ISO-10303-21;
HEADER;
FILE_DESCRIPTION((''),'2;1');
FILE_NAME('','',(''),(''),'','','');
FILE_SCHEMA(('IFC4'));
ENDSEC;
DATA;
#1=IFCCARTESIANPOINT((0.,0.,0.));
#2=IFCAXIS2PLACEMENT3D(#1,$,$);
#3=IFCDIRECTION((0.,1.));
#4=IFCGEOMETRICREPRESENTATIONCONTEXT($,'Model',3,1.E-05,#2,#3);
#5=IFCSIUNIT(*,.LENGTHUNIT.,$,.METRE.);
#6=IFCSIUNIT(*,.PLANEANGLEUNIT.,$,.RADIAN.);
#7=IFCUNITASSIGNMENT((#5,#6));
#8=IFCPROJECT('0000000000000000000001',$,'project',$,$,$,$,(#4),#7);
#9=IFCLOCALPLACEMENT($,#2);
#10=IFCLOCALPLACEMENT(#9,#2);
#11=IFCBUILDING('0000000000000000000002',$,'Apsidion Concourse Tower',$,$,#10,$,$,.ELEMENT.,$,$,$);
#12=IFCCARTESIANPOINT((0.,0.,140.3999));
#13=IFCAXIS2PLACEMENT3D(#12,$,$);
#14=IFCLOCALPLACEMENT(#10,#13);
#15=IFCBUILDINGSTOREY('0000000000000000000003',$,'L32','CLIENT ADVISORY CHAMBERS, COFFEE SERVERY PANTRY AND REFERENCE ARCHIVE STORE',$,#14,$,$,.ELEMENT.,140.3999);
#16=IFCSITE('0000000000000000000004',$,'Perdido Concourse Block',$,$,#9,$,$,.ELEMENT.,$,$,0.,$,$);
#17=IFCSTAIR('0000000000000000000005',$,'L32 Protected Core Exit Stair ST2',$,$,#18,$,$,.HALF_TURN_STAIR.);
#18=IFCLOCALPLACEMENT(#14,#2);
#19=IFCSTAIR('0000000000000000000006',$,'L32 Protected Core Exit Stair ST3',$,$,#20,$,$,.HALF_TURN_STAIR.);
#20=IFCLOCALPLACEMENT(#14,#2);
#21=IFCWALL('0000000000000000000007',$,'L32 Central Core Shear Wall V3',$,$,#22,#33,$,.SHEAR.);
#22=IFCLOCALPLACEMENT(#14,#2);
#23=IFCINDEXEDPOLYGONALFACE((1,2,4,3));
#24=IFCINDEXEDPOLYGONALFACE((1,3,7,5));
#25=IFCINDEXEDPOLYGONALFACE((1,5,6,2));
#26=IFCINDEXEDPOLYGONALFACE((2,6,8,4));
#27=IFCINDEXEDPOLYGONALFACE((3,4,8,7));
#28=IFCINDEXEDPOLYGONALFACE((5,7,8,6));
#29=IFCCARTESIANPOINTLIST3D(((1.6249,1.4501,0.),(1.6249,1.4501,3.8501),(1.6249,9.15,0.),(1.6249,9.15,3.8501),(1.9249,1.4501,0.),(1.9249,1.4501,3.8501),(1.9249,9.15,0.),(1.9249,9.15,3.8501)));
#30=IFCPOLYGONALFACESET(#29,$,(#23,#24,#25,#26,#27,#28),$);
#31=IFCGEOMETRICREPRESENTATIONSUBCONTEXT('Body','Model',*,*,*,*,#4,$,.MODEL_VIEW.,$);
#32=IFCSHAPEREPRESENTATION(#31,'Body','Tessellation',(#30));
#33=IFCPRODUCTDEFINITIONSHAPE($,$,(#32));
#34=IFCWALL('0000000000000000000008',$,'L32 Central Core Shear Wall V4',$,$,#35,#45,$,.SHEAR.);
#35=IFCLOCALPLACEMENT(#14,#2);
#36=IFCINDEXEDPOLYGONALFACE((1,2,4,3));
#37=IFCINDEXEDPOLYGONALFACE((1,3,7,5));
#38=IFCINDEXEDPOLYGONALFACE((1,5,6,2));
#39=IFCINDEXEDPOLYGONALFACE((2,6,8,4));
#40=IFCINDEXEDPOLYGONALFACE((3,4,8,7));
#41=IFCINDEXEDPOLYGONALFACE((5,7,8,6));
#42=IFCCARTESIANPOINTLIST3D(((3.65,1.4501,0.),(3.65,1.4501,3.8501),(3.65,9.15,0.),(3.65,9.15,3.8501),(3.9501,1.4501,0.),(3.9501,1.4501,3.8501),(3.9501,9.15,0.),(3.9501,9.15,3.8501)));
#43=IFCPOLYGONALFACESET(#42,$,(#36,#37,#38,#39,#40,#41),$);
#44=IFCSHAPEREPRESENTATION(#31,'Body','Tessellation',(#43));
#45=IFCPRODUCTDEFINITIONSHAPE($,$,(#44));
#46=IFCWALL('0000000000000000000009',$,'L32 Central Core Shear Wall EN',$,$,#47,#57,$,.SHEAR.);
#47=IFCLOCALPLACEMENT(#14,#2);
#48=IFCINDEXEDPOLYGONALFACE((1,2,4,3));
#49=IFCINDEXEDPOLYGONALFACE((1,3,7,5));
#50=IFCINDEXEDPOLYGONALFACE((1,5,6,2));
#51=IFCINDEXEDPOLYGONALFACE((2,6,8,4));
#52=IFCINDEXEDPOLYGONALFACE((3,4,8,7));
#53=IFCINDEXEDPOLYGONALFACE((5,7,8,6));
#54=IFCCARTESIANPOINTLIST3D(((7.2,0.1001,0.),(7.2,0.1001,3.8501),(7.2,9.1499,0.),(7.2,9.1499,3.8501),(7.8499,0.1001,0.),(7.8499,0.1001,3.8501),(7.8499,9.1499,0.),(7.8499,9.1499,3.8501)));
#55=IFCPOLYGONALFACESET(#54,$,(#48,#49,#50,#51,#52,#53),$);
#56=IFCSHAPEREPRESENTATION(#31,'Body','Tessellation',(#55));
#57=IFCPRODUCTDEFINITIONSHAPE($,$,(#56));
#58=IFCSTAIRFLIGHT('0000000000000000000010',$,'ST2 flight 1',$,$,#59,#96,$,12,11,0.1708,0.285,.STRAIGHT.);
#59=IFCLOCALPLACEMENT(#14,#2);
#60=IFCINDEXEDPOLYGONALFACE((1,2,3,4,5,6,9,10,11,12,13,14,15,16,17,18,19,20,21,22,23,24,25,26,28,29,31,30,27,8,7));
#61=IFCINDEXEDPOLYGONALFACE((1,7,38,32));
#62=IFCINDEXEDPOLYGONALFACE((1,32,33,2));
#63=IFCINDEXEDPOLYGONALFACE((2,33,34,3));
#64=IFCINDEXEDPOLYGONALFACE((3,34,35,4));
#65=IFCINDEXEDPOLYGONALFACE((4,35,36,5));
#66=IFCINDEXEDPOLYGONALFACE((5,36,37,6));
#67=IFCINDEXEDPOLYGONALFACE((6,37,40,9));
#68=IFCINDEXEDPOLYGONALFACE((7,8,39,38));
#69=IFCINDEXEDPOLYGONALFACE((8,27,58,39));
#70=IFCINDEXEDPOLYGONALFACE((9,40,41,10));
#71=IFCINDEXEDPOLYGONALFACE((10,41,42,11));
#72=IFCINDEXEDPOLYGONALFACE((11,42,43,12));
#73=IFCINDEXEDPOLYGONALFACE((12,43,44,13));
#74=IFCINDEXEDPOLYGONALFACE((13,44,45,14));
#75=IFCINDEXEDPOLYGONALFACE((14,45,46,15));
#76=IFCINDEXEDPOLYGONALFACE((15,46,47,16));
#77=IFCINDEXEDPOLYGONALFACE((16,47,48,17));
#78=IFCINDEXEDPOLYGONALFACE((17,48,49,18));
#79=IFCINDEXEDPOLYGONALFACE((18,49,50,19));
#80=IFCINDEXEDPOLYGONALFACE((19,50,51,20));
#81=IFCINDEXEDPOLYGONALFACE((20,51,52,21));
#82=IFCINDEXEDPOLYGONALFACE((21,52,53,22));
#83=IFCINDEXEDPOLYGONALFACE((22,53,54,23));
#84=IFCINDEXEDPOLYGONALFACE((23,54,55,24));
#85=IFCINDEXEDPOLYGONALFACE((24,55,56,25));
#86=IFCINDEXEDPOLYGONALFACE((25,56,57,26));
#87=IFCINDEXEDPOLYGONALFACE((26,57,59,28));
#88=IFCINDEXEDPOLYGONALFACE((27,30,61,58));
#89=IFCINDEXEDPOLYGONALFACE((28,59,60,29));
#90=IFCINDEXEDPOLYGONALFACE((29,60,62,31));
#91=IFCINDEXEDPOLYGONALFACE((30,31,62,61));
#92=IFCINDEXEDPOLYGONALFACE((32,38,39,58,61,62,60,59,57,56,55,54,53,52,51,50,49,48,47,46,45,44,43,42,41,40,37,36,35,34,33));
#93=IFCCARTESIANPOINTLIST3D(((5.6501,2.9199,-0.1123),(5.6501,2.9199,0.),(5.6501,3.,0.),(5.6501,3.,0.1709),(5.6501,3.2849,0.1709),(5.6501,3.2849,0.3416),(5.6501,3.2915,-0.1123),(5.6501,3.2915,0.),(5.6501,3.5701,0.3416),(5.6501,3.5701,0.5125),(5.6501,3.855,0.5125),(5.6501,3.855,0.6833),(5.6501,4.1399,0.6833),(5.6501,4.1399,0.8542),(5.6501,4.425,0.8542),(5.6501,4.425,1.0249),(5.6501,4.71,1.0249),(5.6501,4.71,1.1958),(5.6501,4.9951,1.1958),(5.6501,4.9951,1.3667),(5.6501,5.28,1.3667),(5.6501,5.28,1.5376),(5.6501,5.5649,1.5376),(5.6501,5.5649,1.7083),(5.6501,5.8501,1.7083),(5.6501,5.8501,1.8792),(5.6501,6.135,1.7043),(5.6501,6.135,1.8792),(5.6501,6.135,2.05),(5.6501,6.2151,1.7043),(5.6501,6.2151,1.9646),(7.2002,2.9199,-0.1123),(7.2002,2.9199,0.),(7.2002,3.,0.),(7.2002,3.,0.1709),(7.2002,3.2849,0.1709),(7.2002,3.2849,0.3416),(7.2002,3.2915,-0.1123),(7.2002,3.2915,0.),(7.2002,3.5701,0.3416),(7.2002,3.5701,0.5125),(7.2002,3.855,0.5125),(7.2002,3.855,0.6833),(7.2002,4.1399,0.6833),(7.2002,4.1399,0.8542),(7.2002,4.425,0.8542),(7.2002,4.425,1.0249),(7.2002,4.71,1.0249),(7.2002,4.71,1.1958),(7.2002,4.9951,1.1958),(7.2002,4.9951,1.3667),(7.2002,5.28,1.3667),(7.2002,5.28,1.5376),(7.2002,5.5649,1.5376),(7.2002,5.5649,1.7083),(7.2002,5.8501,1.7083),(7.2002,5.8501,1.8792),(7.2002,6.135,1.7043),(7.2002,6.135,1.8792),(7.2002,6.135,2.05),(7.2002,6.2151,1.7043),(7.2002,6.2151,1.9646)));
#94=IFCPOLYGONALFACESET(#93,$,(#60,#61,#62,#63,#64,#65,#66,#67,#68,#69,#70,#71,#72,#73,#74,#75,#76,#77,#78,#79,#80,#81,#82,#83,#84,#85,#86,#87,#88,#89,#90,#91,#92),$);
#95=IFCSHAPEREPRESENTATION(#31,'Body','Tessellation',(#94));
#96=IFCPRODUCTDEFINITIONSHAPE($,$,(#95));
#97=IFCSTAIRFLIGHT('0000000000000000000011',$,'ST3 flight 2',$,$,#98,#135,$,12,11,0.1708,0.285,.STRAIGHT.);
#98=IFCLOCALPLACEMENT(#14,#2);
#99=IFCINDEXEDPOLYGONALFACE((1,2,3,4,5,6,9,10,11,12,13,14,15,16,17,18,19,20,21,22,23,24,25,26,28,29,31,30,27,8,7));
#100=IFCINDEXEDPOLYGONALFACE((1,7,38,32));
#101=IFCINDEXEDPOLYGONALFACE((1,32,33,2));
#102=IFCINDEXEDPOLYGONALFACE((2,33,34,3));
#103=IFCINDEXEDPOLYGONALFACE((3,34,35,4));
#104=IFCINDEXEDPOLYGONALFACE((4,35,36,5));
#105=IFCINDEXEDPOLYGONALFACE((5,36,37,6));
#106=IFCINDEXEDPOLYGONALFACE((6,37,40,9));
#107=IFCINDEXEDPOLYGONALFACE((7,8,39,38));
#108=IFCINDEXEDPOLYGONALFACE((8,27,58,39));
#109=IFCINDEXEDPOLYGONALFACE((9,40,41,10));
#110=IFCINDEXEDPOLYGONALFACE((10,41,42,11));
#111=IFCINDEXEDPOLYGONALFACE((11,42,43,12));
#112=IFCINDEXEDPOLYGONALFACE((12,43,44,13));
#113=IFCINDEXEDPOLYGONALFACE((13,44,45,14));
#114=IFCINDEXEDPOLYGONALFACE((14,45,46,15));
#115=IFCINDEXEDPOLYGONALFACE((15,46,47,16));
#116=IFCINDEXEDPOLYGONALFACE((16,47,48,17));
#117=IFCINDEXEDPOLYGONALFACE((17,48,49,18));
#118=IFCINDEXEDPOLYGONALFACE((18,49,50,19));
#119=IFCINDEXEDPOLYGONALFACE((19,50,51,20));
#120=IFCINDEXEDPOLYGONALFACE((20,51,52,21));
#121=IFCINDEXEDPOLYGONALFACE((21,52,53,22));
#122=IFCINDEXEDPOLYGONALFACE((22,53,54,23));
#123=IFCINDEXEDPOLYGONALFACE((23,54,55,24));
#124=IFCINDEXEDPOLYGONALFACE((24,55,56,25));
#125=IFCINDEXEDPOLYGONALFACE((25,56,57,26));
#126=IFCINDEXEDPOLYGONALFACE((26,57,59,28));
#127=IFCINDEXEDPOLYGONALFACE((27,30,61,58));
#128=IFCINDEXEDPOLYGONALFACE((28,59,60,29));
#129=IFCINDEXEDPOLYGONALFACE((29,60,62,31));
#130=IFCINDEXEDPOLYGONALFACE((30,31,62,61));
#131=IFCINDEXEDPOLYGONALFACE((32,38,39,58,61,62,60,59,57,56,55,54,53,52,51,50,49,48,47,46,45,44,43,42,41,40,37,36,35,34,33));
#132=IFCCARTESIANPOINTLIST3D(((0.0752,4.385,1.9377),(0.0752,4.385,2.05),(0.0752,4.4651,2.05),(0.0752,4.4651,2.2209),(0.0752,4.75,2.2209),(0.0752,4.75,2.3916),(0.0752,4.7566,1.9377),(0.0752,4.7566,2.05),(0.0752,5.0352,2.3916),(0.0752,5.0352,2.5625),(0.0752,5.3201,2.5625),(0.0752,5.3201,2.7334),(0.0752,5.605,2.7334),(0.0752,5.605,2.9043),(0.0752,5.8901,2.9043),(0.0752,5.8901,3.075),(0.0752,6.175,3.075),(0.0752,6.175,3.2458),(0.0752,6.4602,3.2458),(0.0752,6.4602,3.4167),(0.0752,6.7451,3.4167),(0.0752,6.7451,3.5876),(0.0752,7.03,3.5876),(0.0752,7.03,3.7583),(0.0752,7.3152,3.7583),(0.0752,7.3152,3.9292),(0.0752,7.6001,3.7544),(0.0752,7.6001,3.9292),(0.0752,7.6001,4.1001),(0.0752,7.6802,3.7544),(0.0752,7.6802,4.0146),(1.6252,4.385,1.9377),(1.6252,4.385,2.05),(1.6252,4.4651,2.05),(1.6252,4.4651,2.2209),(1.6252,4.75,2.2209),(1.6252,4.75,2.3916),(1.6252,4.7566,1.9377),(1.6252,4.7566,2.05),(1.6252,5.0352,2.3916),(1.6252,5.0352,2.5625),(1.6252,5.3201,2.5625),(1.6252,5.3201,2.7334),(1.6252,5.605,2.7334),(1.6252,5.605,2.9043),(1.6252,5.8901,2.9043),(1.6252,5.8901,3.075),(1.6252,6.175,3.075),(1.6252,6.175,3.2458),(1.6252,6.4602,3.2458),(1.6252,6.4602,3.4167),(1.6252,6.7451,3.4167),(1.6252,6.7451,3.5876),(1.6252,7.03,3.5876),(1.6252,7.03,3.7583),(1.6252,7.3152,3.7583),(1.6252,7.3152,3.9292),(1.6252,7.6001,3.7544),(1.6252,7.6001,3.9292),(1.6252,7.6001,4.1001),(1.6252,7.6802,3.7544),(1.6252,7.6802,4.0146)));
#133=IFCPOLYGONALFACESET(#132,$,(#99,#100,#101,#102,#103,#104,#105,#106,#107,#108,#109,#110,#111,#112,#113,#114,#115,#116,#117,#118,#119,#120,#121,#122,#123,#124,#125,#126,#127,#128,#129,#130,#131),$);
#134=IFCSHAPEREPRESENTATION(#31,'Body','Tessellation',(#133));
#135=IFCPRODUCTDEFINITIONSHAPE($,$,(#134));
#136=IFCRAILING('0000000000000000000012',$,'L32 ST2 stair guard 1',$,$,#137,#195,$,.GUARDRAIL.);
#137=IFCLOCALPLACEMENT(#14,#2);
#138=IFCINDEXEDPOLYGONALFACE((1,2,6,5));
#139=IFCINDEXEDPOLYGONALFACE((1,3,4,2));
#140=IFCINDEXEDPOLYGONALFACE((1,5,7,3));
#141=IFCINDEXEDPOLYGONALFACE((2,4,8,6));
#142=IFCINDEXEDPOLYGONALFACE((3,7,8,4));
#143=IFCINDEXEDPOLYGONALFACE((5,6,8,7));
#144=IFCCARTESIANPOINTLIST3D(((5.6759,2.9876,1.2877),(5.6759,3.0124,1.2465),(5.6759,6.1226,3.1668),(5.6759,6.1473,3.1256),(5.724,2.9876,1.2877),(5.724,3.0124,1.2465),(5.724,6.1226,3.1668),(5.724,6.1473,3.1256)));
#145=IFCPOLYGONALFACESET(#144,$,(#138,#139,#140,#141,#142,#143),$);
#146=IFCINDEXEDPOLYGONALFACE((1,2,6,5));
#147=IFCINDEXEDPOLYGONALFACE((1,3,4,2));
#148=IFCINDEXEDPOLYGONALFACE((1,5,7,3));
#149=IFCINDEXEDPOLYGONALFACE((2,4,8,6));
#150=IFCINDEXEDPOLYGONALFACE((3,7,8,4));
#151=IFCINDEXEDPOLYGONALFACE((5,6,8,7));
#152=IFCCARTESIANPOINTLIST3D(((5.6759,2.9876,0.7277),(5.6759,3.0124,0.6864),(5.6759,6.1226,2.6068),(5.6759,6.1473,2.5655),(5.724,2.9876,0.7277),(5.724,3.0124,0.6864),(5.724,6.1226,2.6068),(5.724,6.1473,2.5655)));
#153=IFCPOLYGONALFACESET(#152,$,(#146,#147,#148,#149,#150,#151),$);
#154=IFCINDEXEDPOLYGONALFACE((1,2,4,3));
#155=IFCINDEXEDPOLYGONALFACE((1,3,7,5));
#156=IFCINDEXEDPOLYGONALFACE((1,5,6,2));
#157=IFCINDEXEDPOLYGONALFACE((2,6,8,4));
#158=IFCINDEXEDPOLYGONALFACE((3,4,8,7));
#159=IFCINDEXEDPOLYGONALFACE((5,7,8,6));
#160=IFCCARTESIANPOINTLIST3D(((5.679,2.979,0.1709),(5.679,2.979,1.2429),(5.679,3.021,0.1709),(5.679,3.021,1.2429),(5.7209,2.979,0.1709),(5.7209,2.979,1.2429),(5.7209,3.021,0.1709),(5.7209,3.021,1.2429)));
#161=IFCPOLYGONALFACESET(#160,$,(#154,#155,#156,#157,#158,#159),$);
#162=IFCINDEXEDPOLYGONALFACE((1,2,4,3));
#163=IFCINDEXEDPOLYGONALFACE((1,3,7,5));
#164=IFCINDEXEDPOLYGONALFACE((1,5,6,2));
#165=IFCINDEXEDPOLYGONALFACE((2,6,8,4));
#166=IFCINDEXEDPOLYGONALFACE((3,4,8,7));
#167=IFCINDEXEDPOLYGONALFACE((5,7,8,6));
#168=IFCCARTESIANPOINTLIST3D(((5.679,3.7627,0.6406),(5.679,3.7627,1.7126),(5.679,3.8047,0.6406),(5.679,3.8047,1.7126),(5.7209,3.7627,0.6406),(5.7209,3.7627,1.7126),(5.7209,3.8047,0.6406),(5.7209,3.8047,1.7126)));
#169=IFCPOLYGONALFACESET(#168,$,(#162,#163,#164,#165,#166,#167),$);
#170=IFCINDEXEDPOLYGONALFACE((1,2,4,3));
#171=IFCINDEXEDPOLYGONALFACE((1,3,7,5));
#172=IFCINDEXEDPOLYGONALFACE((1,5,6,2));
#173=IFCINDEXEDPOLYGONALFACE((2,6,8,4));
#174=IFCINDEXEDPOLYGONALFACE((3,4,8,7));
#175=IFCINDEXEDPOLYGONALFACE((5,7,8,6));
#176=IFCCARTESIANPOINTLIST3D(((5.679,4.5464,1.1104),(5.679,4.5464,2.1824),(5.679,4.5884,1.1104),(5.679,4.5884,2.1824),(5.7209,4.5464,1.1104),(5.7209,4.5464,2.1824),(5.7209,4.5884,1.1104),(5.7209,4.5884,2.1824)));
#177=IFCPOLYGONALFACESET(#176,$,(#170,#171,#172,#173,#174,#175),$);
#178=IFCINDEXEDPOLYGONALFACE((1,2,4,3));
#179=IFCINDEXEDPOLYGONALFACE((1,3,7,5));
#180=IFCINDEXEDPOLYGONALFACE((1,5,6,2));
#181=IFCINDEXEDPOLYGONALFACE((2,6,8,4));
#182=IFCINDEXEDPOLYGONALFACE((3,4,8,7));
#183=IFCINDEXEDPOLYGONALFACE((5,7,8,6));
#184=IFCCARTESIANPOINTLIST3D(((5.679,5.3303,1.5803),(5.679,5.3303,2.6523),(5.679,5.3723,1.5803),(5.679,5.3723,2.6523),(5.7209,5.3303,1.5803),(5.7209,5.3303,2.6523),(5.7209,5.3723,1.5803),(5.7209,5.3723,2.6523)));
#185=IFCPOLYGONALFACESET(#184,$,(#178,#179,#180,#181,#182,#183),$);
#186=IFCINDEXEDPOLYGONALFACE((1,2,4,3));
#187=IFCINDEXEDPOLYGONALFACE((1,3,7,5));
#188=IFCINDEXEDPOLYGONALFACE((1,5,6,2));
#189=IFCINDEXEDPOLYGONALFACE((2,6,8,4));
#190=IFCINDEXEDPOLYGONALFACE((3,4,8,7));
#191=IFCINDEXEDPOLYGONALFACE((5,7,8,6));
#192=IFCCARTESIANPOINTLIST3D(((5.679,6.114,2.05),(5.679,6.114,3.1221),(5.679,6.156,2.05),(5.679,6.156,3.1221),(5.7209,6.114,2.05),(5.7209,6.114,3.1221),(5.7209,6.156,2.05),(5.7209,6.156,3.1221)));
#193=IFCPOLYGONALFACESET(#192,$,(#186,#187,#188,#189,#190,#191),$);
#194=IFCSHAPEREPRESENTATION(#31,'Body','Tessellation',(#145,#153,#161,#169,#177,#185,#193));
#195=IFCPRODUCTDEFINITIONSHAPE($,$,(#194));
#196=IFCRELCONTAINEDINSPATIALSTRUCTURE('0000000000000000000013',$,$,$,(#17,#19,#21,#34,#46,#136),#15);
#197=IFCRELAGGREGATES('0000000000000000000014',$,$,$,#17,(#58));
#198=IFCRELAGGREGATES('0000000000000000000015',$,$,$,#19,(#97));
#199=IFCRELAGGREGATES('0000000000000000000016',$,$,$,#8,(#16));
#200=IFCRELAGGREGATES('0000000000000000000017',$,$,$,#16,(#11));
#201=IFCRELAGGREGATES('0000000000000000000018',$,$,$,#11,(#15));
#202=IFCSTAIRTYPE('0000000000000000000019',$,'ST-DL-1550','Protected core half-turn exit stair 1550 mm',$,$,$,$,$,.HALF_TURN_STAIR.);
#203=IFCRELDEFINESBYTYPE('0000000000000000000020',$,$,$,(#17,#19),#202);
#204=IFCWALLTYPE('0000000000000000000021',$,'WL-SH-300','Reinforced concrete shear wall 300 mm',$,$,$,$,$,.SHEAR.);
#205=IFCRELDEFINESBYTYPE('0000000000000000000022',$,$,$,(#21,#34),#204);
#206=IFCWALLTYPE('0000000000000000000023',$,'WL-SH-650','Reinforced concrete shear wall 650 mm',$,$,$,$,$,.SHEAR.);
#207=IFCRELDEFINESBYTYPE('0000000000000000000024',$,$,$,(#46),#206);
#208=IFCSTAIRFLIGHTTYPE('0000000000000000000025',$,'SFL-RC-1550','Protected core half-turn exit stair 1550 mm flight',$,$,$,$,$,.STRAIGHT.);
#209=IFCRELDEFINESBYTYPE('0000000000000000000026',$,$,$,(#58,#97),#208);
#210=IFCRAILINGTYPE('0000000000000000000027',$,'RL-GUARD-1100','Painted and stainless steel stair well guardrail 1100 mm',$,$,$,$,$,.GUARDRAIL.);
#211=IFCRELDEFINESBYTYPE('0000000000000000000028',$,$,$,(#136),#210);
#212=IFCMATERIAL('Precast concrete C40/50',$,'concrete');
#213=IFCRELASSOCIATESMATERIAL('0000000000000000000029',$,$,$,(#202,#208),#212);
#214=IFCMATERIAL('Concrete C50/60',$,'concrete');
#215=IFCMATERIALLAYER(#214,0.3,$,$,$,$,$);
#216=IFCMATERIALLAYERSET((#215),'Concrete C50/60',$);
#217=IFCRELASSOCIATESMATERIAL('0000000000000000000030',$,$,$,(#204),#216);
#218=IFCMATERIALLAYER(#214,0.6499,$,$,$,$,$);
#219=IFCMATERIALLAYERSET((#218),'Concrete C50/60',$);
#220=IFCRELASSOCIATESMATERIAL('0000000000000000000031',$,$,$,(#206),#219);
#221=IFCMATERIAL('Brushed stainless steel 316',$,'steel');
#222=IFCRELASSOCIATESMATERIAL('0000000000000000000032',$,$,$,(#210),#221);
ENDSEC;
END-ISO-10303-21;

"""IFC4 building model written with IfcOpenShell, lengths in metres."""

from ifc_helpers import new_model, si_unit, direction, frame, frame_2d, origin, origin_2d, place, context, subcontext, project, spatial, polyline, rectangle, outline, extrude, material, layer, layer_set, type_object, element, aggregate, save


model = new_model("IFC4")

# Units and contexts
model_context = context("Model", 3, precision=1e-05, world=origin(), true_north=direction((0.0, 1.0)))
body_context = subcontext(model_context, "Body", "Model", "MODEL_VIEW")
ifc_project = project(units=[si_unit("LENGTHUNIT", "METRE"), si_unit("PLANEANGLEUNIT", "RADIAN")], contexts=[model_context])

# Site, building, storey
site_placement = place(None, origin())
site = spatial("IfcSite", under=ifc_project, at=site_placement, Name="Perdido Concourse Block", CompositionType="ELEMENT", RefElevation=0.0)
building_placement = place(site_placement, origin())
building = spatial("IfcBuilding", under=site, at=building_placement, Name="Apsidion Concourse Tower", CompositionType="ELEMENT")
storey_placement = place(building_placement, frame((0.0, 0.0, 140.3999)))
storey = spatial("IfcBuildingStorey", under=building, at=storey_placement, Name="L32", Description="CLIENT ADVISORY CHAMBERS, COFFEE SERVERY PANTRY AND REFERENCE ARCHIVE STORE", CompositionType="ELEMENT", Elevation=140.3999)

# Shared definitions
ifc_material_1 = material(Name="Concrete C50/60", Category="concrete")

# Stairs
ifc_material_2 = material(Name="Precast concrete C40/50", Category="concrete")
stair_type = type_object("IfcStairType", Name="ST-DL-1550", Description="Protected core half-turn exit stair 1550 mm", PredefinedType="HALF_TURN_STAIR", material=ifc_material_2)
stair_1_placement = place(storey_placement, origin())
stair_1 = element("IfcStair", 1, at=stair_1_placement, inside=storey, type_object=stair_type, Name="L32 Protected Core Exit Stair ST2", PredefinedType="HALF_TURN_STAIR")
stair_2_placement = place(storey_placement, origin())
stair_2 = element("IfcStair", 2, at=stair_2_placement, inside=storey, type_object=stair_type, Name="L32 Protected Core Exit Stair ST3", PredefinedType="HALF_TURN_STAIR")

# Shared definitions
ifc_material_3 = material(Name="Brushed stainless steel 316", Category="steel")

# Walls
ifc_layer_1 = layer(ifc_material_1, 0.3)
ifc_layer_set_1 = layer_set([ifc_layer_1], Name="Concrete C50/60")
wall_type_1 = type_object("IfcWallType", Name="WL-SH-300", Description="Reinforced concrete shear wall 300 mm", PredefinedType="SHEAR", material=ifc_layer_set_1)
for number, where, z_axis, x_axis, name in (
    (3, (1.7749, 1.45, 0.0), (0.0, 0.0, 1.0), (0.0, 1.0, 0.0), "L32 Central Core Shear Wall V3"),
    (4, (3.8, 1.45, 0.0), (0.0, 0.0, 1.0), (0.0, 1.0, 0.0), "L32 Central Core Shear Wall V4"),
):
    element("IfcWall", number, at=place(storey_placement, frame(where, z_axis=z_axis, x_axis=x_axis)), inside=storey, type_object=wall_type_1, Name=name, PredefinedType="SHEAR", context=body_context, shape_type="SweptSolid", body=[
        extrude(rectangle(XDim=7.7, YDim=0.3, at=frame_2d((3.8501, 0.0))), origin(), (0.0, 0.0, 1.0), 3.8501),
    ])
ifc_layer_2 = layer(ifc_material_1, 0.6499)
ifc_layer_set_2 = layer_set([ifc_layer_2], Name="Concrete C50/60")
wall_type_2 = type_object("IfcWallType", Name="WL-SH-650", Description="Reinforced concrete shear wall 650 mm", PredefinedType="SHEAR", material=ifc_layer_set_2)
wall_1_placement = place(storey_placement, frame((7.5249, 0.1001, 0.0), z_axis=(0.0, 0.0, 1.0), x_axis=(0.0, 1.0, 0.0)))
element("IfcWall", 5, at=wall_1_placement, inside=storey, type_object=wall_type_2, Name="L32 Central Core Shear Wall EN", PredefinedType="SHEAR", context=body_context, shape_type="SweptSolid", body=[
    extrude(rectangle(XDim=9.0498, YDim=0.6499, at=frame_2d((4.5249, 0.0))), origin(), (0.0, 0.0, 1.0), 3.8501),
])

# Stair flights
stair_flight_type = type_object("IfcStairFlightType", Name="SFL-RC-1550", Description="Protected core half-turn exit stair 1550 mm flight", PredefinedType="STRAIGHT", material=ifc_material_2)
stair_flight_1_placement = place(storey_placement, frame((6.425, 3.0, 0.0), z_axis=(0.0, 0.0, 1.0), x_axis=(0.0, 1.0, 0.0)))
stair_flight_1 = element("IfcStairFlight", 6, at=stair_flight_1_placement, type_object=stair_flight_type, Name="ST2 flight 1", NumberOfRisers=12, NumberOfTreads=11, PredefinedType="STRAIGHT", RiserHeight=0.1708, TreadLength=0.285, context=body_context, shape_type="SweptSolid", body=[
    extrude(outline(polyline([(-0.0801, -0.1123), (-0.0801, 0.0), (0.0, 0.0), (0.0, 0.1709), (0.2849, 0.1709), (0.2849, 0.3416), (0.5701, 0.3416), (0.5701, 0.5125), (0.855, 0.5125), (0.855, 0.6833), (1.1399, 0.6833), (1.1399, 0.8542), (1.425, 0.8542), (1.425, 1.0249), (1.71, 1.0249), (1.71, 1.1958), (1.9951, 1.1958), (1.9951, 1.3667), (2.28, 1.3667), (2.28, 1.5376), (2.5649, 1.5376), (2.5649, 1.7083), (2.8501, 1.7083), (2.8501, 1.8792), (3.135, 1.8792), (3.135, 2.05), (3.2151, 1.9646), (3.2151, 1.7043), (3.135, 1.7043), (0.2915, 0.0), (0.2915, -0.1123), (-0.0801, -0.1123)])), frame((0.0, 0.7749, 0.0), z_axis=(0.0, -1.0, 0.0), x_axis=(1.0, 0.0, 0.0)), (0.0, 0.0, 1.0), 1.55),
])
aggregate(stair_1, [stair_flight_1])
stair_flight_2_placement = place(storey_placement, frame((0.8501, 4.4651, 2.05), z_axis=(0.0, 0.0, 1.0), x_axis=(0.0, 1.0, 0.0)))
stair_flight_2 = element("IfcStairFlight", 7, at=stair_flight_2_placement, type_object=stair_flight_type, Name="ST3 flight 2", NumberOfRisers=12, NumberOfTreads=11, PredefinedType="STRAIGHT", RiserHeight=0.1708, TreadLength=0.285, context=body_context, shape_type="SweptSolid", body=[
    extrude(outline(polyline([(-0.0801, -0.1123), (-0.0801, 0.0), (0.0, 0.0), (0.0, 0.1709), (0.2849, 0.1709), (0.2849, 0.3416), (0.5701, 0.3416), (0.5701, 0.5125), (0.855, 0.5125), (0.855, 0.6833), (1.1399, 0.6833), (1.1399, 0.8542), (1.425, 0.8542), (1.425, 1.0249), (1.71, 1.0249), (1.71, 1.1958), (1.9951, 1.1958), (1.9951, 1.3667), (2.28, 1.3667), (2.28, 1.5376), (2.5649, 1.5376), (2.5649, 1.7083), (2.8501, 1.7083), (2.8501, 1.8792), (3.135, 1.8792), (3.135, 2.05), (3.2151, 1.9646), (3.2151, 1.7043), (3.135, 1.7043), (0.2915, 0.0), (0.2915, -0.1123), (-0.0801, -0.1123)])), frame((0.0, 0.7749, 0.0), z_axis=(0.0, -1.0, 0.0), x_axis=(1.0, 0.0, 0.0)), (0.0, 0.0, 1.0), 1.55),
])
aggregate(stair_2, [stair_flight_2])

# Railing
railing_type_1 = type_object("IfcRailingType", Name="RL-GUARD-1100", Description="Painted and stainless steel stair well guardrail 1100 mm", PredefinedType="GUARDRAIL", material=ifc_material_3)
railing_1_placement = place(storey_placement, frame((5.7, 3.0, 0.1709)))
element("IfcRailing", 8, at=railing_1_placement, inside=storey, type_object=railing_type_1, Name="L32 ST2 stair guard 1", PredefinedType="GUARDRAIL", context=body_context, shape_type="SweptSolid", body=[
    extrude(rectangle(XDim=0.0481, YDim=0.0481, at=origin_2d()), frame((0.0, 0.0, 1.0962), z_axis=(0.0, 0.857717, 0.514122), x_axis=(-1.0, 0.0, 0.0)), (0.0, 0.0, 1.0), 3.655),
    extrude(rectangle(XDim=0.0481, YDim=0.0481, at=origin_2d()), frame((0.0, 0.0, 0.5361), z_axis=(0.0, 0.857717, 0.514122), x_axis=(-1.0, 0.0, 0.0)), (0.0, 0.0, 1.0), 3.655),
    extrude(rectangle(XDim=0.042, YDim=0.042, at=origin_2d()), origin(), (0.0, 0.0, 1.0), 1.072),
    extrude(rectangle(XDim=0.042, YDim=0.042, at=origin_2d()), frame((0.0, 0.7837, 0.4697)), (0.0, 0.0, 1.0), 1.072),
    extrude(rectangle(XDim=0.042, YDim=0.042, at=origin_2d()), frame((0.0, 1.5674, 0.9395)), (0.0, 0.0, 1.0), 1.072),
    extrude(rectangle(XDim=0.042, YDim=0.042, at=origin_2d()), frame((0.0, 2.3513, 1.4094)), (0.0, 0.0, 1.0), 1.072),
    extrude(rectangle(XDim=0.042, YDim=0.042, at=origin_2d()), frame((0.0, 3.135, 1.8792)), (0.0, 0.0, 1.0), 1.072),
])

save(model, "model.ifc")
